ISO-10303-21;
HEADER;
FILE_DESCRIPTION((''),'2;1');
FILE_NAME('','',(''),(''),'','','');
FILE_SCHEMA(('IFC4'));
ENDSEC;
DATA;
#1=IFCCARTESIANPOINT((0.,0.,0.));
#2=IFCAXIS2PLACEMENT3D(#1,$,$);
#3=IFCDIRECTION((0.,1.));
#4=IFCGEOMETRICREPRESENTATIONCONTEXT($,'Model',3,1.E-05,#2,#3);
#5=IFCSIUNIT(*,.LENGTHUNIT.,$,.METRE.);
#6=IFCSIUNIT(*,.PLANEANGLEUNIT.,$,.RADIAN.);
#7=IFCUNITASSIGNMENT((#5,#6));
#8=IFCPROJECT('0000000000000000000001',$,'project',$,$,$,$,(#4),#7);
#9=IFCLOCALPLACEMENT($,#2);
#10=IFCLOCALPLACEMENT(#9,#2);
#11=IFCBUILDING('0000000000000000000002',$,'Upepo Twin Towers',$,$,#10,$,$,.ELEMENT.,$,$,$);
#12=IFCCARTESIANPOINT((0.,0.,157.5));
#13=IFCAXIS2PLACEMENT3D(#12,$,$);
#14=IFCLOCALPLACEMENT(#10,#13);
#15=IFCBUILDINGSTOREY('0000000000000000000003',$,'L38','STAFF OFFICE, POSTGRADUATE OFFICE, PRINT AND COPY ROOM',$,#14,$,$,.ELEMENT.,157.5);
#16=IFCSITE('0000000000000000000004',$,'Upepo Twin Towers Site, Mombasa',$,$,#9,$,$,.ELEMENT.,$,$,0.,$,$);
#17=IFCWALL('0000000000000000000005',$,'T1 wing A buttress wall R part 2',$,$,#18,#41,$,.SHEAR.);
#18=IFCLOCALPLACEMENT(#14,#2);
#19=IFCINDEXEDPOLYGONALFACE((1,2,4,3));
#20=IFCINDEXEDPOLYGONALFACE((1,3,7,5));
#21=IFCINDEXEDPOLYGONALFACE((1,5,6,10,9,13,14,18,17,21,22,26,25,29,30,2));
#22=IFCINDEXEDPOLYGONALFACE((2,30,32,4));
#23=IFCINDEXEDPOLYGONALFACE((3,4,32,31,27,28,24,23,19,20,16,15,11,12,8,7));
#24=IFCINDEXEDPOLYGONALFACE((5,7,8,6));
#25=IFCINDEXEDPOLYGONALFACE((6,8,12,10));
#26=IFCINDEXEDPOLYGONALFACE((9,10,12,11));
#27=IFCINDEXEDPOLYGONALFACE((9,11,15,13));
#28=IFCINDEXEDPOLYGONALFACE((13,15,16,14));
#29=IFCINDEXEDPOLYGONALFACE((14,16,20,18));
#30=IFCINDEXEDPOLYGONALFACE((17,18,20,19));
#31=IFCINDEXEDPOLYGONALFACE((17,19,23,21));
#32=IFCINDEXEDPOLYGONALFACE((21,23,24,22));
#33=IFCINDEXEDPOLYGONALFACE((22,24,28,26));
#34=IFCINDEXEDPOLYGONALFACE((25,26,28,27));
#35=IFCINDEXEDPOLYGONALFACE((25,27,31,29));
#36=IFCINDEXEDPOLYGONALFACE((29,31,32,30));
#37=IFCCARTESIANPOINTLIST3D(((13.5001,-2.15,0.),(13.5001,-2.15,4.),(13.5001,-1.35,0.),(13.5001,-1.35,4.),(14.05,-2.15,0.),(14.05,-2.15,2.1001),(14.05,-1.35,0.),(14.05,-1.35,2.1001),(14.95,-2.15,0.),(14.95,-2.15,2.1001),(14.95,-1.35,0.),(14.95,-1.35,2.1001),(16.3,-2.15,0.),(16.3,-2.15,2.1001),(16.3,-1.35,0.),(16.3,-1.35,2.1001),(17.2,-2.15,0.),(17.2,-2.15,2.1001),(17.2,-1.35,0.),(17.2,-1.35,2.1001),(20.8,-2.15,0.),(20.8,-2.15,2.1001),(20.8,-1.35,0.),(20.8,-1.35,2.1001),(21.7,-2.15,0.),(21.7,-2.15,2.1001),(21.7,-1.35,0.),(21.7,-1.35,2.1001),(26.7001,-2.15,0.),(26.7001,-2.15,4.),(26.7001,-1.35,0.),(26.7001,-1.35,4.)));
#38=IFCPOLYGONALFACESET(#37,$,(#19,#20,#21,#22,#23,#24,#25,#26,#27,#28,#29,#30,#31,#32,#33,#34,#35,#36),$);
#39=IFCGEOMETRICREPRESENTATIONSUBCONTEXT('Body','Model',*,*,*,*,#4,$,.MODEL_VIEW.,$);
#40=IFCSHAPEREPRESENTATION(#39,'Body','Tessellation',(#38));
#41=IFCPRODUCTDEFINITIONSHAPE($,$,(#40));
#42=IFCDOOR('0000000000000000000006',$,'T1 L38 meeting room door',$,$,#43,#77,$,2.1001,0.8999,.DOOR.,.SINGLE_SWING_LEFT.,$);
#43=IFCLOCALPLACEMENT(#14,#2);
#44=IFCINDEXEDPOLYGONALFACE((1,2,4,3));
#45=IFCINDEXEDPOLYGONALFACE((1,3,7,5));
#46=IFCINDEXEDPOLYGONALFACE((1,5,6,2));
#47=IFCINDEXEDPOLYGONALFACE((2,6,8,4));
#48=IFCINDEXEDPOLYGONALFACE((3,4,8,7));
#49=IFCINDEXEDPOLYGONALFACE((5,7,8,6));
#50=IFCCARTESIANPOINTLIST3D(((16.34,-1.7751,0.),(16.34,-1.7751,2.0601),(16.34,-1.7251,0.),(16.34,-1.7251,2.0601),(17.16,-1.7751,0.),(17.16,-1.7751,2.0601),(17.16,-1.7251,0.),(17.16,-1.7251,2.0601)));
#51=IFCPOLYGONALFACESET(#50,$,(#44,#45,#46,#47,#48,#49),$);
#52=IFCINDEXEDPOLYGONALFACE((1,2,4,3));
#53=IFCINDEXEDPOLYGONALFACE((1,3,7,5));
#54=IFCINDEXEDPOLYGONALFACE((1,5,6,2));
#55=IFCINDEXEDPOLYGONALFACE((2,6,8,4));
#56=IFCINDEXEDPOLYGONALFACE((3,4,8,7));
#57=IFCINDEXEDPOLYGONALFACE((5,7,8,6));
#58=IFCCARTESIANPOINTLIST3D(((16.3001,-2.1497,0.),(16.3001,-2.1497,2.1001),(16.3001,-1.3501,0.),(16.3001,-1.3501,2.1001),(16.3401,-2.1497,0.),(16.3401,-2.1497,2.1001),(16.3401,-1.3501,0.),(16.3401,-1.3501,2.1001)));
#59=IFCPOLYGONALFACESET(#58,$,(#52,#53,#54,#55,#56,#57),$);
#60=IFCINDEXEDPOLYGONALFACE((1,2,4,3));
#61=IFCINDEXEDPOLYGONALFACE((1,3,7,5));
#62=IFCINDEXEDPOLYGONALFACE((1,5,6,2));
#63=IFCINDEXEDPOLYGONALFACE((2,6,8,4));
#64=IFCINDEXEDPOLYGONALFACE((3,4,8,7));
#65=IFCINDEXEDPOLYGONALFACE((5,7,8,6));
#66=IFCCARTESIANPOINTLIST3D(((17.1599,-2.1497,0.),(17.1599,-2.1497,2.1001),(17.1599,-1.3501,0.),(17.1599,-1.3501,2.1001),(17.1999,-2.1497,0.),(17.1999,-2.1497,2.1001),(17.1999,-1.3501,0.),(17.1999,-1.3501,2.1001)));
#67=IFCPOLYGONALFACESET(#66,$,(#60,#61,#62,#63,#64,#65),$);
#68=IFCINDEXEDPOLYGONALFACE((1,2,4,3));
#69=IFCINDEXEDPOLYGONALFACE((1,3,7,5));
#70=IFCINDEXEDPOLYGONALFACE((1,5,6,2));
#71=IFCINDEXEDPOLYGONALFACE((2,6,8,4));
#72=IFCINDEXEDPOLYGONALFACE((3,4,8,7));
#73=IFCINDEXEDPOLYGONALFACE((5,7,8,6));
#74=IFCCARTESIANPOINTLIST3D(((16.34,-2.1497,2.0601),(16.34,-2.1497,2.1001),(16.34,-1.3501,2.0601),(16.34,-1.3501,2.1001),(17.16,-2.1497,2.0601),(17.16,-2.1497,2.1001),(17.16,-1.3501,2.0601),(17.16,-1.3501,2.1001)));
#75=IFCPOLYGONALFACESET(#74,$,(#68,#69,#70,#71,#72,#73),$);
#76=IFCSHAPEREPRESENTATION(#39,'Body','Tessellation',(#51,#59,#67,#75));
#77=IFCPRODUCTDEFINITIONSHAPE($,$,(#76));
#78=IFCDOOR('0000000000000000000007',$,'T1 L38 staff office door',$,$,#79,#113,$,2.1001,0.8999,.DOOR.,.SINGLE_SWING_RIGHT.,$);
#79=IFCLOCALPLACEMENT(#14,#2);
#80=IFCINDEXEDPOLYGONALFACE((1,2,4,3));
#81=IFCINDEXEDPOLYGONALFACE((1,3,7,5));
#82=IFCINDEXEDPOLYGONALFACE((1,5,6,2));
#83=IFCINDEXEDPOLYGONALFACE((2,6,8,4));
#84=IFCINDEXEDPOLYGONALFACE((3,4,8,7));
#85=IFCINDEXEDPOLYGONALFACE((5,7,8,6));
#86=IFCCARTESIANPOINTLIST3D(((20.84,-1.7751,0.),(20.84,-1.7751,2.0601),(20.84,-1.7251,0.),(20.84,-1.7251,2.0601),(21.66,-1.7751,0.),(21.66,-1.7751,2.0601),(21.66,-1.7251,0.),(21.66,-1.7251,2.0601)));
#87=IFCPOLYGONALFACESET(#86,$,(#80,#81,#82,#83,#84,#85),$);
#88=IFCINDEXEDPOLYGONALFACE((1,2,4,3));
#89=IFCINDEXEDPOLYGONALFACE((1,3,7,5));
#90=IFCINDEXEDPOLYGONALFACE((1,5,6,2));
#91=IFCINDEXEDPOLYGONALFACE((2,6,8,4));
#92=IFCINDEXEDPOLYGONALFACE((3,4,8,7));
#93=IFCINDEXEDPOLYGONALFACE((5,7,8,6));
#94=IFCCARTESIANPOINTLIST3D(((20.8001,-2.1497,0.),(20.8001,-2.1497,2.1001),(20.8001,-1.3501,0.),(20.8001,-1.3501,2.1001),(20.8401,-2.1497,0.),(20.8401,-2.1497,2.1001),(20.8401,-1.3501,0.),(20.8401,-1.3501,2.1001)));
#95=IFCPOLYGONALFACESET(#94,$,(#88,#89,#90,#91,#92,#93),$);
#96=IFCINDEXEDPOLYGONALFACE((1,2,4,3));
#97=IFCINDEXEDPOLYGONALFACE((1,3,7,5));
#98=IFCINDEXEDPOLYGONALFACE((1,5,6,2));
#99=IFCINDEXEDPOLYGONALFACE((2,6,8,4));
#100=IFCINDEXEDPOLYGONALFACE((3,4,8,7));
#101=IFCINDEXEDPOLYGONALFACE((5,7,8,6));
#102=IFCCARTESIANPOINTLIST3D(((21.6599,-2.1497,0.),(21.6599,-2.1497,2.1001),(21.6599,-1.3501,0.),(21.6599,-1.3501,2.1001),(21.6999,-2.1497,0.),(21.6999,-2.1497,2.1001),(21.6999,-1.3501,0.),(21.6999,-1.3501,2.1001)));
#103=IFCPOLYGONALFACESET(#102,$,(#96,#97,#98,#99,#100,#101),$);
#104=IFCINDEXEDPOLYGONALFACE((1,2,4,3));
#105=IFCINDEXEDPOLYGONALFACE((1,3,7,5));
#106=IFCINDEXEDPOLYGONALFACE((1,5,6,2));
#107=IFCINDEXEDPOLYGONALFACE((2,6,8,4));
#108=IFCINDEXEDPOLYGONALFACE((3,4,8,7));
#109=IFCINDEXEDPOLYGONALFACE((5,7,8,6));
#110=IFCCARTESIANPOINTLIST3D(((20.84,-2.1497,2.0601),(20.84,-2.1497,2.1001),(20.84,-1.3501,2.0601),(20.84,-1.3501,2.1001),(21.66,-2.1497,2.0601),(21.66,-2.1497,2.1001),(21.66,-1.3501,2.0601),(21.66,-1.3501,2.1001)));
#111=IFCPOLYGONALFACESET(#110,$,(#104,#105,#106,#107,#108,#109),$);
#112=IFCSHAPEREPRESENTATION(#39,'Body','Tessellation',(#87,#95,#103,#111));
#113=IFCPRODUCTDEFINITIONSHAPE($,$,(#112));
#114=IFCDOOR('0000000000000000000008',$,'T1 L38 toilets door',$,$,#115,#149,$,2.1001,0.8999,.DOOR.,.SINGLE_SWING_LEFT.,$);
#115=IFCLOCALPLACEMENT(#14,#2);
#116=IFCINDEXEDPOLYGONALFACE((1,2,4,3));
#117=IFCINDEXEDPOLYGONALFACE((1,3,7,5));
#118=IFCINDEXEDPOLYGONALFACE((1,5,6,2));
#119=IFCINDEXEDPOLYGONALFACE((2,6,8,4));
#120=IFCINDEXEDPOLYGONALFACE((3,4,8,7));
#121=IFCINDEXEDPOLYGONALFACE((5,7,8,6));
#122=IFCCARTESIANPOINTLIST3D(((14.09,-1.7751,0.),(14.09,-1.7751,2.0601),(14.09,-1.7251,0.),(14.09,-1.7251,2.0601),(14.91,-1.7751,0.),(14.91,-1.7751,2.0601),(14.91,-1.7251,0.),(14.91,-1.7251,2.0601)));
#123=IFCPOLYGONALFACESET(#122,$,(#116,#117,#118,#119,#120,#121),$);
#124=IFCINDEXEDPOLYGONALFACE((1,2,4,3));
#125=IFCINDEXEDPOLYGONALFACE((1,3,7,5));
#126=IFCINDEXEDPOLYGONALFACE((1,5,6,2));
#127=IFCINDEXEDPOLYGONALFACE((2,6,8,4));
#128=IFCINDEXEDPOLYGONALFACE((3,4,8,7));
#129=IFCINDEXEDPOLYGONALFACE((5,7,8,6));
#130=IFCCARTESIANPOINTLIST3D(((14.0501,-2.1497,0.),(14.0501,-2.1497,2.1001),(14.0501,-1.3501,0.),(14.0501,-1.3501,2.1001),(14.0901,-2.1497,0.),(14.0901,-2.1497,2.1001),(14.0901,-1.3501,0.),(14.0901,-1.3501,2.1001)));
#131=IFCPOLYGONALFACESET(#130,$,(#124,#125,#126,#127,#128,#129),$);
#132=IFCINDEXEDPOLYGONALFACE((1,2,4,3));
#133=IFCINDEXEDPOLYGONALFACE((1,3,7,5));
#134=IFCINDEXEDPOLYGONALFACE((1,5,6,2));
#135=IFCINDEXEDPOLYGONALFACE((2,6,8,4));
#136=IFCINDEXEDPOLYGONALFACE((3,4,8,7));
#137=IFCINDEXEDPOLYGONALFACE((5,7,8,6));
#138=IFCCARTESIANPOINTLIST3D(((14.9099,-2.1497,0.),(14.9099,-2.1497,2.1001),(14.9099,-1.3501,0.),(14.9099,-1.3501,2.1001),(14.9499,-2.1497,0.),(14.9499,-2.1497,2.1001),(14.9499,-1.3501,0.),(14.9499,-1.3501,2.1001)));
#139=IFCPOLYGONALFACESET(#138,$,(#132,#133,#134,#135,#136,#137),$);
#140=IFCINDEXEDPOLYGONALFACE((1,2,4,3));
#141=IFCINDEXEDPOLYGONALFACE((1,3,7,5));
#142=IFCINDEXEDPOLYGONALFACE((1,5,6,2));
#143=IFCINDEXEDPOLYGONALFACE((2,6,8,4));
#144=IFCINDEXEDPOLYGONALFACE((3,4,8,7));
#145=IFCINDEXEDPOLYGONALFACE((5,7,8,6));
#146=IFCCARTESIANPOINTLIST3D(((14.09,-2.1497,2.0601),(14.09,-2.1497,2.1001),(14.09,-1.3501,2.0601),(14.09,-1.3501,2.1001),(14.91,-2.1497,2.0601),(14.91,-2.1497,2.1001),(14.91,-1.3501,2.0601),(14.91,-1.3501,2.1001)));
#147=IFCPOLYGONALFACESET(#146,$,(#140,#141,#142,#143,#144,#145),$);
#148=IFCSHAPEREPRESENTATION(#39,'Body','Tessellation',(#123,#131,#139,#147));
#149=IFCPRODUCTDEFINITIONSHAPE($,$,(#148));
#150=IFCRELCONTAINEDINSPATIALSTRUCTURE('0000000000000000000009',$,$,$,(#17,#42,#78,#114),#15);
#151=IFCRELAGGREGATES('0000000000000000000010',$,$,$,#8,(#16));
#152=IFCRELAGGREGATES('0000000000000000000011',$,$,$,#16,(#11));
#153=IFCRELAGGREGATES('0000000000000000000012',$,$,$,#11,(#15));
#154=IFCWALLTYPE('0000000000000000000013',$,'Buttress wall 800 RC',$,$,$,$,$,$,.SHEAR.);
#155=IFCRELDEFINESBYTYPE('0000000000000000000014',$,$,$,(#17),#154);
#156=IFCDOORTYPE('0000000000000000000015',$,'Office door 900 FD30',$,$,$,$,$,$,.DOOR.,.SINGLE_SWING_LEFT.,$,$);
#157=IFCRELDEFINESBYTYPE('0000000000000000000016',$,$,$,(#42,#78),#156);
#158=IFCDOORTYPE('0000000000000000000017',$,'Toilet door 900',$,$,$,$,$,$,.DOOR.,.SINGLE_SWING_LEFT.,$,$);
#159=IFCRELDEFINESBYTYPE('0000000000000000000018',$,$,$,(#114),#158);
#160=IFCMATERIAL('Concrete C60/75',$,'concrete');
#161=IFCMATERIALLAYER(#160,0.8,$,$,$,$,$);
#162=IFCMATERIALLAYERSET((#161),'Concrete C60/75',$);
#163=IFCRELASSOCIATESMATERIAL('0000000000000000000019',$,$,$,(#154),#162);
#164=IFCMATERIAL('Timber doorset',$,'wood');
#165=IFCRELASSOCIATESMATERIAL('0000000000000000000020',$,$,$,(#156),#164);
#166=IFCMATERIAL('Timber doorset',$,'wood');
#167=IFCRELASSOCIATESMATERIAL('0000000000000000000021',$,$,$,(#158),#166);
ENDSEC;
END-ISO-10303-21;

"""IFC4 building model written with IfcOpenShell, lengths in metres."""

from ifc_helpers import new_model, si_unit, direction, frame, frame_2d, origin, place, context, subcontext, project, spatial, rectangle, extrude, material, layer, layer_set, type_object, element, fill, save


model = new_model("IFC4")

# Units and contexts
model_context = context("Model", 3, precision=1e-05, world=origin(), true_north=direction((0.0, 1.0)))
body_context = subcontext(model_context, "Body", "Model", "MODEL_VIEW")
ifc_project = project(units=[si_unit("LENGTHUNIT", "METRE"), si_unit("PLANEANGLEUNIT", "RADIAN")], contexts=[model_context])

# Site, building, storey
site_placement = place(None, origin())
site = spatial("IfcSite", under=ifc_project, at=site_placement, Name="Upepo Twin Towers Site, Mombasa", CompositionType="ELEMENT", RefElevation=0.0)
building_placement = place(site_placement, origin())
building = spatial("IfcBuilding", under=site, at=building_placement, Name="Upepo Twin Towers", CompositionType="ELEMENT")
storey_placement = place(building_placement, frame((0.0, 0.0, 157.5)))
storey = spatial("IfcBuildingStorey", under=building, at=storey_placement, Name="L38", Description="STAFF OFFICE, POSTGRADUATE OFFICE, PRINT AND COPY ROOM", CompositionType="ELEMENT", Elevation=157.5)

# Wall, openings, doors
ifc_material_1 = material(Name="Concrete C60/75", Category="concrete")
ifc_layer_1 = layer(ifc_material_1, 0.8)
ifc_layer_set_1 = layer_set([ifc_layer_1], Name="Concrete C60/75")
wall_type_1 = type_object("IfcWallType", Name="Buttress wall 800 RC", PredefinedType="SHEAR", material=ifc_layer_set_1)
ifc_material_2 = material(Name="Timber doorset", Category="wood")
door_type_1 = type_object("IfcDoorType", Name="Office door 900 FD30", OperationType="SINGLE_SWING_LEFT", PredefinedType="DOOR", material=ifc_material_2)
ifc_material_3 = material(Name="Timber doorset", Category="wood")
door_type_2 = type_object("IfcDoorType", Name="Toilet door 900", OperationType="SINGLE_SWING_LEFT", PredefinedType="DOOR", material=ifc_material_3)
wall_1_placement = place(storey_placement, frame((13.5, -1.75, 0.0), z_axis=(0.0, 0.0, 1.0), x_axis=(1.0, 0.0, 0.0)))
wall_1 = element("IfcWall", 1, at=wall_1_placement, inside=storey, type_object=wall_type_1, Name="T1 wing A buttress wall R part 2", PredefinedType="SHEAR", context=body_context, shape_type="SweptSolid", body=[
    extrude(rectangle(XDim=13.2, YDim=0.8, at=frame_2d((6.6001, 0.0))), origin(), (0.0, 0.0, 1.0), 4.0),
])
opening_1_placement = place(wall_1_placement, frame((0.55, 0.0, 0.0)))
opening_1 = element("IfcOpeningElement", 2, at=opening_1_placement, cuts=wall_1, PredefinedType="OPENING", context=body_context, shape_type="SweptSolid", body=[
    extrude(rectangle(XDim=0.8999, YDim=2.1001, at=frame_2d((0.45, 1.05))), frame((0.0, 0.4099, 0.0), z_axis=(0.0, -1.0, 0.0), x_axis=(1.0, 0.0, 0.0)), (0.0, 0.0, 1.0), 0.8201),
])
opening_2_placement = place(wall_1_placement, frame((2.8, 0.0, 0.0)))
opening_2 = element("IfcOpeningElement", 3, at=opening_2_placement, cuts=wall_1, PredefinedType="OPENING", context=body_context, shape_type="SweptSolid", body=[
    extrude(rectangle(XDim=0.8999, YDim=2.1001, at=frame_2d((0.45, 1.05))), frame((0.0, 0.4099, 0.0), z_axis=(0.0, -1.0, 0.0), x_axis=(1.0, 0.0, 0.0)), (0.0, 0.0, 1.0), 0.8201),
])
opening_3_placement = place(wall_1_placement, frame((7.3, 0.0, 0.0)))
opening_3 = element("IfcOpeningElement", 4, at=opening_3_placement, cuts=wall_1, PredefinedType="OPENING", context=body_context, shape_type="SweptSolid", body=[
    extrude(rectangle(XDim=0.8999, YDim=2.1001, at=frame_2d((0.45, 1.05))), frame((0.0, 0.4099, 0.0), z_axis=(0.0, -1.0, 0.0), x_axis=(1.0, 0.0, 0.0)), (0.0, 0.0, 1.0), 0.8201),
])
door_1_placement = place(opening_2_placement, origin())
door_1 = element("IfcDoor", 5, at=door_1_placement, inside=storey, type_object=door_type_1, Name="T1 L38 meeting room door", OperationType="SINGLE_SWING_LEFT", OverallHeight=2.1001, OverallWidth=0.8999, PredefinedType="DOOR", context=body_context, shape_type="SweptSolid", body=[
    extrude(rectangle(XDim=0.8199, YDim=2.0601, at=frame_2d((0.45, 1.03))), frame((0.0, 0.0249, 0.0), z_axis=(0.0, -1.0, 0.0), x_axis=(1.0, 0.0, 0.0)), (0.0, 0.0, 1.0), 0.05),
    extrude(rectangle(XDim=0.04, YDim=2.1001, at=frame_2d((0.02, 1.05))), frame((0.0, 0.3999, 0.0), z_axis=(0.0, -1.0, 0.0), x_axis=(1.0, 0.0, 0.0)), (0.0, 0.0, 1.0), 0.7996),
    extrude(rectangle(XDim=0.04, YDim=2.1001, at=frame_2d((0.8799, 1.05))), frame((0.0, 0.3999, 0.0), z_axis=(0.0, -1.0, 0.0), x_axis=(1.0, 0.0, 0.0)), (0.0, 0.0, 1.0), 0.7996),
    extrude(rectangle(XDim=0.8199, YDim=0.04, at=frame_2d((0.45, 2.0801))), frame((0.0, 0.3999, 0.0), z_axis=(0.0, -1.0, 0.0), x_axis=(1.0, 0.0, 0.0)), (0.0, 0.0, 1.0), 0.7996),
])
fill(opening_2, door_1)
door_2_placement = place(opening_3_placement, origin())
door_2 = element("IfcDoor", 6, at=door_2_placement, inside=storey, type_object=door_type_1, Name="T1 L38 staff office door", OperationType="SINGLE_SWING_RIGHT", OverallHeight=2.1001, OverallWidth=0.8999, PredefinedType="DOOR", context=body_context, shape_type="SweptSolid", body=[
    extrude(rectangle(XDim=0.8199, YDim=2.0601, at=frame_2d((0.45, 1.03))), frame((0.0, 0.0249, 0.0), z_axis=(0.0, -1.0, 0.0), x_axis=(1.0, 0.0, 0.0)), (0.0, 0.0, 1.0), 0.05),
    extrude(rectangle(XDim=0.04, YDim=2.1001, at=frame_2d((0.02, 1.05))), frame((0.0, 0.3999, 0.0), z_axis=(0.0, -1.0, 0.0), x_axis=(1.0, 0.0, 0.0)), (0.0, 0.0, 1.0), 0.7996),
    extrude(rectangle(XDim=0.04, YDim=2.1001, at=frame_2d((0.8799, 1.05))), frame((0.0, 0.3999, 0.0), z_axis=(0.0, -1.0, 0.0), x_axis=(1.0, 0.0, 0.0)), (0.0, 0.0, 1.0), 0.7996),
    extrude(rectangle(XDim=0.8199, YDim=0.04, at=frame_2d((0.45, 2.0801))), frame((0.0, 0.3999, 0.0), z_axis=(0.0, -1.0, 0.0), x_axis=(1.0, 0.0, 0.0)), (0.0, 0.0, 1.0), 0.7996),
])
fill(opening_3, door_2)
door_3_placement = place(opening_1_placement, origin())
door_3 = element("IfcDoor", 7, at=door_3_placement, inside=storey, type_object=door_type_2, Name="T1 L38 toilets door", OperationType="SINGLE_SWING_LEFT", OverallHeight=2.1001, OverallWidth=0.8999, PredefinedType="DOOR", context=body_context, shape_type="SweptSolid", body=[
    extrude(rectangle(XDim=0.8199, YDim=2.0601, at=frame_2d((0.45, 1.03))), frame((0.0, 0.0249, 0.0), z_axis=(0.0, -1.0, 0.0), x_axis=(1.0, 0.0, 0.0)), (0.0, 0.0, 1.0), 0.05),
    extrude(rectangle(XDim=0.04, YDim=2.1001, at=frame_2d((0.02, 1.05))), frame((0.0, 0.3999, 0.0), z_axis=(0.0, -1.0, 0.0), x_axis=(1.0, 0.0, 0.0)), (0.0, 0.0, 1.0), 0.7996),
    extrude(rectangle(XDim=0.04, YDim=2.1001, at=frame_2d((0.8799, 1.05))), frame((0.0, 0.3999, 0.0), z_axis=(0.0, -1.0, 0.0), x_axis=(1.0, 0.0, 0.0)), (0.0, 0.0, 1.0), 0.7996),
    extrude(rectangle(XDim=0.8199, YDim=0.04, at=frame_2d((0.45, 2.0801))), frame((0.0, 0.3999, 0.0), z_axis=(0.0, -1.0, 0.0), x_axis=(1.0, 0.0, 0.0)), (0.0, 0.0, 1.0), 0.7996),
])
fill(opening_1, door_3)

save(model, "model.ifc")
